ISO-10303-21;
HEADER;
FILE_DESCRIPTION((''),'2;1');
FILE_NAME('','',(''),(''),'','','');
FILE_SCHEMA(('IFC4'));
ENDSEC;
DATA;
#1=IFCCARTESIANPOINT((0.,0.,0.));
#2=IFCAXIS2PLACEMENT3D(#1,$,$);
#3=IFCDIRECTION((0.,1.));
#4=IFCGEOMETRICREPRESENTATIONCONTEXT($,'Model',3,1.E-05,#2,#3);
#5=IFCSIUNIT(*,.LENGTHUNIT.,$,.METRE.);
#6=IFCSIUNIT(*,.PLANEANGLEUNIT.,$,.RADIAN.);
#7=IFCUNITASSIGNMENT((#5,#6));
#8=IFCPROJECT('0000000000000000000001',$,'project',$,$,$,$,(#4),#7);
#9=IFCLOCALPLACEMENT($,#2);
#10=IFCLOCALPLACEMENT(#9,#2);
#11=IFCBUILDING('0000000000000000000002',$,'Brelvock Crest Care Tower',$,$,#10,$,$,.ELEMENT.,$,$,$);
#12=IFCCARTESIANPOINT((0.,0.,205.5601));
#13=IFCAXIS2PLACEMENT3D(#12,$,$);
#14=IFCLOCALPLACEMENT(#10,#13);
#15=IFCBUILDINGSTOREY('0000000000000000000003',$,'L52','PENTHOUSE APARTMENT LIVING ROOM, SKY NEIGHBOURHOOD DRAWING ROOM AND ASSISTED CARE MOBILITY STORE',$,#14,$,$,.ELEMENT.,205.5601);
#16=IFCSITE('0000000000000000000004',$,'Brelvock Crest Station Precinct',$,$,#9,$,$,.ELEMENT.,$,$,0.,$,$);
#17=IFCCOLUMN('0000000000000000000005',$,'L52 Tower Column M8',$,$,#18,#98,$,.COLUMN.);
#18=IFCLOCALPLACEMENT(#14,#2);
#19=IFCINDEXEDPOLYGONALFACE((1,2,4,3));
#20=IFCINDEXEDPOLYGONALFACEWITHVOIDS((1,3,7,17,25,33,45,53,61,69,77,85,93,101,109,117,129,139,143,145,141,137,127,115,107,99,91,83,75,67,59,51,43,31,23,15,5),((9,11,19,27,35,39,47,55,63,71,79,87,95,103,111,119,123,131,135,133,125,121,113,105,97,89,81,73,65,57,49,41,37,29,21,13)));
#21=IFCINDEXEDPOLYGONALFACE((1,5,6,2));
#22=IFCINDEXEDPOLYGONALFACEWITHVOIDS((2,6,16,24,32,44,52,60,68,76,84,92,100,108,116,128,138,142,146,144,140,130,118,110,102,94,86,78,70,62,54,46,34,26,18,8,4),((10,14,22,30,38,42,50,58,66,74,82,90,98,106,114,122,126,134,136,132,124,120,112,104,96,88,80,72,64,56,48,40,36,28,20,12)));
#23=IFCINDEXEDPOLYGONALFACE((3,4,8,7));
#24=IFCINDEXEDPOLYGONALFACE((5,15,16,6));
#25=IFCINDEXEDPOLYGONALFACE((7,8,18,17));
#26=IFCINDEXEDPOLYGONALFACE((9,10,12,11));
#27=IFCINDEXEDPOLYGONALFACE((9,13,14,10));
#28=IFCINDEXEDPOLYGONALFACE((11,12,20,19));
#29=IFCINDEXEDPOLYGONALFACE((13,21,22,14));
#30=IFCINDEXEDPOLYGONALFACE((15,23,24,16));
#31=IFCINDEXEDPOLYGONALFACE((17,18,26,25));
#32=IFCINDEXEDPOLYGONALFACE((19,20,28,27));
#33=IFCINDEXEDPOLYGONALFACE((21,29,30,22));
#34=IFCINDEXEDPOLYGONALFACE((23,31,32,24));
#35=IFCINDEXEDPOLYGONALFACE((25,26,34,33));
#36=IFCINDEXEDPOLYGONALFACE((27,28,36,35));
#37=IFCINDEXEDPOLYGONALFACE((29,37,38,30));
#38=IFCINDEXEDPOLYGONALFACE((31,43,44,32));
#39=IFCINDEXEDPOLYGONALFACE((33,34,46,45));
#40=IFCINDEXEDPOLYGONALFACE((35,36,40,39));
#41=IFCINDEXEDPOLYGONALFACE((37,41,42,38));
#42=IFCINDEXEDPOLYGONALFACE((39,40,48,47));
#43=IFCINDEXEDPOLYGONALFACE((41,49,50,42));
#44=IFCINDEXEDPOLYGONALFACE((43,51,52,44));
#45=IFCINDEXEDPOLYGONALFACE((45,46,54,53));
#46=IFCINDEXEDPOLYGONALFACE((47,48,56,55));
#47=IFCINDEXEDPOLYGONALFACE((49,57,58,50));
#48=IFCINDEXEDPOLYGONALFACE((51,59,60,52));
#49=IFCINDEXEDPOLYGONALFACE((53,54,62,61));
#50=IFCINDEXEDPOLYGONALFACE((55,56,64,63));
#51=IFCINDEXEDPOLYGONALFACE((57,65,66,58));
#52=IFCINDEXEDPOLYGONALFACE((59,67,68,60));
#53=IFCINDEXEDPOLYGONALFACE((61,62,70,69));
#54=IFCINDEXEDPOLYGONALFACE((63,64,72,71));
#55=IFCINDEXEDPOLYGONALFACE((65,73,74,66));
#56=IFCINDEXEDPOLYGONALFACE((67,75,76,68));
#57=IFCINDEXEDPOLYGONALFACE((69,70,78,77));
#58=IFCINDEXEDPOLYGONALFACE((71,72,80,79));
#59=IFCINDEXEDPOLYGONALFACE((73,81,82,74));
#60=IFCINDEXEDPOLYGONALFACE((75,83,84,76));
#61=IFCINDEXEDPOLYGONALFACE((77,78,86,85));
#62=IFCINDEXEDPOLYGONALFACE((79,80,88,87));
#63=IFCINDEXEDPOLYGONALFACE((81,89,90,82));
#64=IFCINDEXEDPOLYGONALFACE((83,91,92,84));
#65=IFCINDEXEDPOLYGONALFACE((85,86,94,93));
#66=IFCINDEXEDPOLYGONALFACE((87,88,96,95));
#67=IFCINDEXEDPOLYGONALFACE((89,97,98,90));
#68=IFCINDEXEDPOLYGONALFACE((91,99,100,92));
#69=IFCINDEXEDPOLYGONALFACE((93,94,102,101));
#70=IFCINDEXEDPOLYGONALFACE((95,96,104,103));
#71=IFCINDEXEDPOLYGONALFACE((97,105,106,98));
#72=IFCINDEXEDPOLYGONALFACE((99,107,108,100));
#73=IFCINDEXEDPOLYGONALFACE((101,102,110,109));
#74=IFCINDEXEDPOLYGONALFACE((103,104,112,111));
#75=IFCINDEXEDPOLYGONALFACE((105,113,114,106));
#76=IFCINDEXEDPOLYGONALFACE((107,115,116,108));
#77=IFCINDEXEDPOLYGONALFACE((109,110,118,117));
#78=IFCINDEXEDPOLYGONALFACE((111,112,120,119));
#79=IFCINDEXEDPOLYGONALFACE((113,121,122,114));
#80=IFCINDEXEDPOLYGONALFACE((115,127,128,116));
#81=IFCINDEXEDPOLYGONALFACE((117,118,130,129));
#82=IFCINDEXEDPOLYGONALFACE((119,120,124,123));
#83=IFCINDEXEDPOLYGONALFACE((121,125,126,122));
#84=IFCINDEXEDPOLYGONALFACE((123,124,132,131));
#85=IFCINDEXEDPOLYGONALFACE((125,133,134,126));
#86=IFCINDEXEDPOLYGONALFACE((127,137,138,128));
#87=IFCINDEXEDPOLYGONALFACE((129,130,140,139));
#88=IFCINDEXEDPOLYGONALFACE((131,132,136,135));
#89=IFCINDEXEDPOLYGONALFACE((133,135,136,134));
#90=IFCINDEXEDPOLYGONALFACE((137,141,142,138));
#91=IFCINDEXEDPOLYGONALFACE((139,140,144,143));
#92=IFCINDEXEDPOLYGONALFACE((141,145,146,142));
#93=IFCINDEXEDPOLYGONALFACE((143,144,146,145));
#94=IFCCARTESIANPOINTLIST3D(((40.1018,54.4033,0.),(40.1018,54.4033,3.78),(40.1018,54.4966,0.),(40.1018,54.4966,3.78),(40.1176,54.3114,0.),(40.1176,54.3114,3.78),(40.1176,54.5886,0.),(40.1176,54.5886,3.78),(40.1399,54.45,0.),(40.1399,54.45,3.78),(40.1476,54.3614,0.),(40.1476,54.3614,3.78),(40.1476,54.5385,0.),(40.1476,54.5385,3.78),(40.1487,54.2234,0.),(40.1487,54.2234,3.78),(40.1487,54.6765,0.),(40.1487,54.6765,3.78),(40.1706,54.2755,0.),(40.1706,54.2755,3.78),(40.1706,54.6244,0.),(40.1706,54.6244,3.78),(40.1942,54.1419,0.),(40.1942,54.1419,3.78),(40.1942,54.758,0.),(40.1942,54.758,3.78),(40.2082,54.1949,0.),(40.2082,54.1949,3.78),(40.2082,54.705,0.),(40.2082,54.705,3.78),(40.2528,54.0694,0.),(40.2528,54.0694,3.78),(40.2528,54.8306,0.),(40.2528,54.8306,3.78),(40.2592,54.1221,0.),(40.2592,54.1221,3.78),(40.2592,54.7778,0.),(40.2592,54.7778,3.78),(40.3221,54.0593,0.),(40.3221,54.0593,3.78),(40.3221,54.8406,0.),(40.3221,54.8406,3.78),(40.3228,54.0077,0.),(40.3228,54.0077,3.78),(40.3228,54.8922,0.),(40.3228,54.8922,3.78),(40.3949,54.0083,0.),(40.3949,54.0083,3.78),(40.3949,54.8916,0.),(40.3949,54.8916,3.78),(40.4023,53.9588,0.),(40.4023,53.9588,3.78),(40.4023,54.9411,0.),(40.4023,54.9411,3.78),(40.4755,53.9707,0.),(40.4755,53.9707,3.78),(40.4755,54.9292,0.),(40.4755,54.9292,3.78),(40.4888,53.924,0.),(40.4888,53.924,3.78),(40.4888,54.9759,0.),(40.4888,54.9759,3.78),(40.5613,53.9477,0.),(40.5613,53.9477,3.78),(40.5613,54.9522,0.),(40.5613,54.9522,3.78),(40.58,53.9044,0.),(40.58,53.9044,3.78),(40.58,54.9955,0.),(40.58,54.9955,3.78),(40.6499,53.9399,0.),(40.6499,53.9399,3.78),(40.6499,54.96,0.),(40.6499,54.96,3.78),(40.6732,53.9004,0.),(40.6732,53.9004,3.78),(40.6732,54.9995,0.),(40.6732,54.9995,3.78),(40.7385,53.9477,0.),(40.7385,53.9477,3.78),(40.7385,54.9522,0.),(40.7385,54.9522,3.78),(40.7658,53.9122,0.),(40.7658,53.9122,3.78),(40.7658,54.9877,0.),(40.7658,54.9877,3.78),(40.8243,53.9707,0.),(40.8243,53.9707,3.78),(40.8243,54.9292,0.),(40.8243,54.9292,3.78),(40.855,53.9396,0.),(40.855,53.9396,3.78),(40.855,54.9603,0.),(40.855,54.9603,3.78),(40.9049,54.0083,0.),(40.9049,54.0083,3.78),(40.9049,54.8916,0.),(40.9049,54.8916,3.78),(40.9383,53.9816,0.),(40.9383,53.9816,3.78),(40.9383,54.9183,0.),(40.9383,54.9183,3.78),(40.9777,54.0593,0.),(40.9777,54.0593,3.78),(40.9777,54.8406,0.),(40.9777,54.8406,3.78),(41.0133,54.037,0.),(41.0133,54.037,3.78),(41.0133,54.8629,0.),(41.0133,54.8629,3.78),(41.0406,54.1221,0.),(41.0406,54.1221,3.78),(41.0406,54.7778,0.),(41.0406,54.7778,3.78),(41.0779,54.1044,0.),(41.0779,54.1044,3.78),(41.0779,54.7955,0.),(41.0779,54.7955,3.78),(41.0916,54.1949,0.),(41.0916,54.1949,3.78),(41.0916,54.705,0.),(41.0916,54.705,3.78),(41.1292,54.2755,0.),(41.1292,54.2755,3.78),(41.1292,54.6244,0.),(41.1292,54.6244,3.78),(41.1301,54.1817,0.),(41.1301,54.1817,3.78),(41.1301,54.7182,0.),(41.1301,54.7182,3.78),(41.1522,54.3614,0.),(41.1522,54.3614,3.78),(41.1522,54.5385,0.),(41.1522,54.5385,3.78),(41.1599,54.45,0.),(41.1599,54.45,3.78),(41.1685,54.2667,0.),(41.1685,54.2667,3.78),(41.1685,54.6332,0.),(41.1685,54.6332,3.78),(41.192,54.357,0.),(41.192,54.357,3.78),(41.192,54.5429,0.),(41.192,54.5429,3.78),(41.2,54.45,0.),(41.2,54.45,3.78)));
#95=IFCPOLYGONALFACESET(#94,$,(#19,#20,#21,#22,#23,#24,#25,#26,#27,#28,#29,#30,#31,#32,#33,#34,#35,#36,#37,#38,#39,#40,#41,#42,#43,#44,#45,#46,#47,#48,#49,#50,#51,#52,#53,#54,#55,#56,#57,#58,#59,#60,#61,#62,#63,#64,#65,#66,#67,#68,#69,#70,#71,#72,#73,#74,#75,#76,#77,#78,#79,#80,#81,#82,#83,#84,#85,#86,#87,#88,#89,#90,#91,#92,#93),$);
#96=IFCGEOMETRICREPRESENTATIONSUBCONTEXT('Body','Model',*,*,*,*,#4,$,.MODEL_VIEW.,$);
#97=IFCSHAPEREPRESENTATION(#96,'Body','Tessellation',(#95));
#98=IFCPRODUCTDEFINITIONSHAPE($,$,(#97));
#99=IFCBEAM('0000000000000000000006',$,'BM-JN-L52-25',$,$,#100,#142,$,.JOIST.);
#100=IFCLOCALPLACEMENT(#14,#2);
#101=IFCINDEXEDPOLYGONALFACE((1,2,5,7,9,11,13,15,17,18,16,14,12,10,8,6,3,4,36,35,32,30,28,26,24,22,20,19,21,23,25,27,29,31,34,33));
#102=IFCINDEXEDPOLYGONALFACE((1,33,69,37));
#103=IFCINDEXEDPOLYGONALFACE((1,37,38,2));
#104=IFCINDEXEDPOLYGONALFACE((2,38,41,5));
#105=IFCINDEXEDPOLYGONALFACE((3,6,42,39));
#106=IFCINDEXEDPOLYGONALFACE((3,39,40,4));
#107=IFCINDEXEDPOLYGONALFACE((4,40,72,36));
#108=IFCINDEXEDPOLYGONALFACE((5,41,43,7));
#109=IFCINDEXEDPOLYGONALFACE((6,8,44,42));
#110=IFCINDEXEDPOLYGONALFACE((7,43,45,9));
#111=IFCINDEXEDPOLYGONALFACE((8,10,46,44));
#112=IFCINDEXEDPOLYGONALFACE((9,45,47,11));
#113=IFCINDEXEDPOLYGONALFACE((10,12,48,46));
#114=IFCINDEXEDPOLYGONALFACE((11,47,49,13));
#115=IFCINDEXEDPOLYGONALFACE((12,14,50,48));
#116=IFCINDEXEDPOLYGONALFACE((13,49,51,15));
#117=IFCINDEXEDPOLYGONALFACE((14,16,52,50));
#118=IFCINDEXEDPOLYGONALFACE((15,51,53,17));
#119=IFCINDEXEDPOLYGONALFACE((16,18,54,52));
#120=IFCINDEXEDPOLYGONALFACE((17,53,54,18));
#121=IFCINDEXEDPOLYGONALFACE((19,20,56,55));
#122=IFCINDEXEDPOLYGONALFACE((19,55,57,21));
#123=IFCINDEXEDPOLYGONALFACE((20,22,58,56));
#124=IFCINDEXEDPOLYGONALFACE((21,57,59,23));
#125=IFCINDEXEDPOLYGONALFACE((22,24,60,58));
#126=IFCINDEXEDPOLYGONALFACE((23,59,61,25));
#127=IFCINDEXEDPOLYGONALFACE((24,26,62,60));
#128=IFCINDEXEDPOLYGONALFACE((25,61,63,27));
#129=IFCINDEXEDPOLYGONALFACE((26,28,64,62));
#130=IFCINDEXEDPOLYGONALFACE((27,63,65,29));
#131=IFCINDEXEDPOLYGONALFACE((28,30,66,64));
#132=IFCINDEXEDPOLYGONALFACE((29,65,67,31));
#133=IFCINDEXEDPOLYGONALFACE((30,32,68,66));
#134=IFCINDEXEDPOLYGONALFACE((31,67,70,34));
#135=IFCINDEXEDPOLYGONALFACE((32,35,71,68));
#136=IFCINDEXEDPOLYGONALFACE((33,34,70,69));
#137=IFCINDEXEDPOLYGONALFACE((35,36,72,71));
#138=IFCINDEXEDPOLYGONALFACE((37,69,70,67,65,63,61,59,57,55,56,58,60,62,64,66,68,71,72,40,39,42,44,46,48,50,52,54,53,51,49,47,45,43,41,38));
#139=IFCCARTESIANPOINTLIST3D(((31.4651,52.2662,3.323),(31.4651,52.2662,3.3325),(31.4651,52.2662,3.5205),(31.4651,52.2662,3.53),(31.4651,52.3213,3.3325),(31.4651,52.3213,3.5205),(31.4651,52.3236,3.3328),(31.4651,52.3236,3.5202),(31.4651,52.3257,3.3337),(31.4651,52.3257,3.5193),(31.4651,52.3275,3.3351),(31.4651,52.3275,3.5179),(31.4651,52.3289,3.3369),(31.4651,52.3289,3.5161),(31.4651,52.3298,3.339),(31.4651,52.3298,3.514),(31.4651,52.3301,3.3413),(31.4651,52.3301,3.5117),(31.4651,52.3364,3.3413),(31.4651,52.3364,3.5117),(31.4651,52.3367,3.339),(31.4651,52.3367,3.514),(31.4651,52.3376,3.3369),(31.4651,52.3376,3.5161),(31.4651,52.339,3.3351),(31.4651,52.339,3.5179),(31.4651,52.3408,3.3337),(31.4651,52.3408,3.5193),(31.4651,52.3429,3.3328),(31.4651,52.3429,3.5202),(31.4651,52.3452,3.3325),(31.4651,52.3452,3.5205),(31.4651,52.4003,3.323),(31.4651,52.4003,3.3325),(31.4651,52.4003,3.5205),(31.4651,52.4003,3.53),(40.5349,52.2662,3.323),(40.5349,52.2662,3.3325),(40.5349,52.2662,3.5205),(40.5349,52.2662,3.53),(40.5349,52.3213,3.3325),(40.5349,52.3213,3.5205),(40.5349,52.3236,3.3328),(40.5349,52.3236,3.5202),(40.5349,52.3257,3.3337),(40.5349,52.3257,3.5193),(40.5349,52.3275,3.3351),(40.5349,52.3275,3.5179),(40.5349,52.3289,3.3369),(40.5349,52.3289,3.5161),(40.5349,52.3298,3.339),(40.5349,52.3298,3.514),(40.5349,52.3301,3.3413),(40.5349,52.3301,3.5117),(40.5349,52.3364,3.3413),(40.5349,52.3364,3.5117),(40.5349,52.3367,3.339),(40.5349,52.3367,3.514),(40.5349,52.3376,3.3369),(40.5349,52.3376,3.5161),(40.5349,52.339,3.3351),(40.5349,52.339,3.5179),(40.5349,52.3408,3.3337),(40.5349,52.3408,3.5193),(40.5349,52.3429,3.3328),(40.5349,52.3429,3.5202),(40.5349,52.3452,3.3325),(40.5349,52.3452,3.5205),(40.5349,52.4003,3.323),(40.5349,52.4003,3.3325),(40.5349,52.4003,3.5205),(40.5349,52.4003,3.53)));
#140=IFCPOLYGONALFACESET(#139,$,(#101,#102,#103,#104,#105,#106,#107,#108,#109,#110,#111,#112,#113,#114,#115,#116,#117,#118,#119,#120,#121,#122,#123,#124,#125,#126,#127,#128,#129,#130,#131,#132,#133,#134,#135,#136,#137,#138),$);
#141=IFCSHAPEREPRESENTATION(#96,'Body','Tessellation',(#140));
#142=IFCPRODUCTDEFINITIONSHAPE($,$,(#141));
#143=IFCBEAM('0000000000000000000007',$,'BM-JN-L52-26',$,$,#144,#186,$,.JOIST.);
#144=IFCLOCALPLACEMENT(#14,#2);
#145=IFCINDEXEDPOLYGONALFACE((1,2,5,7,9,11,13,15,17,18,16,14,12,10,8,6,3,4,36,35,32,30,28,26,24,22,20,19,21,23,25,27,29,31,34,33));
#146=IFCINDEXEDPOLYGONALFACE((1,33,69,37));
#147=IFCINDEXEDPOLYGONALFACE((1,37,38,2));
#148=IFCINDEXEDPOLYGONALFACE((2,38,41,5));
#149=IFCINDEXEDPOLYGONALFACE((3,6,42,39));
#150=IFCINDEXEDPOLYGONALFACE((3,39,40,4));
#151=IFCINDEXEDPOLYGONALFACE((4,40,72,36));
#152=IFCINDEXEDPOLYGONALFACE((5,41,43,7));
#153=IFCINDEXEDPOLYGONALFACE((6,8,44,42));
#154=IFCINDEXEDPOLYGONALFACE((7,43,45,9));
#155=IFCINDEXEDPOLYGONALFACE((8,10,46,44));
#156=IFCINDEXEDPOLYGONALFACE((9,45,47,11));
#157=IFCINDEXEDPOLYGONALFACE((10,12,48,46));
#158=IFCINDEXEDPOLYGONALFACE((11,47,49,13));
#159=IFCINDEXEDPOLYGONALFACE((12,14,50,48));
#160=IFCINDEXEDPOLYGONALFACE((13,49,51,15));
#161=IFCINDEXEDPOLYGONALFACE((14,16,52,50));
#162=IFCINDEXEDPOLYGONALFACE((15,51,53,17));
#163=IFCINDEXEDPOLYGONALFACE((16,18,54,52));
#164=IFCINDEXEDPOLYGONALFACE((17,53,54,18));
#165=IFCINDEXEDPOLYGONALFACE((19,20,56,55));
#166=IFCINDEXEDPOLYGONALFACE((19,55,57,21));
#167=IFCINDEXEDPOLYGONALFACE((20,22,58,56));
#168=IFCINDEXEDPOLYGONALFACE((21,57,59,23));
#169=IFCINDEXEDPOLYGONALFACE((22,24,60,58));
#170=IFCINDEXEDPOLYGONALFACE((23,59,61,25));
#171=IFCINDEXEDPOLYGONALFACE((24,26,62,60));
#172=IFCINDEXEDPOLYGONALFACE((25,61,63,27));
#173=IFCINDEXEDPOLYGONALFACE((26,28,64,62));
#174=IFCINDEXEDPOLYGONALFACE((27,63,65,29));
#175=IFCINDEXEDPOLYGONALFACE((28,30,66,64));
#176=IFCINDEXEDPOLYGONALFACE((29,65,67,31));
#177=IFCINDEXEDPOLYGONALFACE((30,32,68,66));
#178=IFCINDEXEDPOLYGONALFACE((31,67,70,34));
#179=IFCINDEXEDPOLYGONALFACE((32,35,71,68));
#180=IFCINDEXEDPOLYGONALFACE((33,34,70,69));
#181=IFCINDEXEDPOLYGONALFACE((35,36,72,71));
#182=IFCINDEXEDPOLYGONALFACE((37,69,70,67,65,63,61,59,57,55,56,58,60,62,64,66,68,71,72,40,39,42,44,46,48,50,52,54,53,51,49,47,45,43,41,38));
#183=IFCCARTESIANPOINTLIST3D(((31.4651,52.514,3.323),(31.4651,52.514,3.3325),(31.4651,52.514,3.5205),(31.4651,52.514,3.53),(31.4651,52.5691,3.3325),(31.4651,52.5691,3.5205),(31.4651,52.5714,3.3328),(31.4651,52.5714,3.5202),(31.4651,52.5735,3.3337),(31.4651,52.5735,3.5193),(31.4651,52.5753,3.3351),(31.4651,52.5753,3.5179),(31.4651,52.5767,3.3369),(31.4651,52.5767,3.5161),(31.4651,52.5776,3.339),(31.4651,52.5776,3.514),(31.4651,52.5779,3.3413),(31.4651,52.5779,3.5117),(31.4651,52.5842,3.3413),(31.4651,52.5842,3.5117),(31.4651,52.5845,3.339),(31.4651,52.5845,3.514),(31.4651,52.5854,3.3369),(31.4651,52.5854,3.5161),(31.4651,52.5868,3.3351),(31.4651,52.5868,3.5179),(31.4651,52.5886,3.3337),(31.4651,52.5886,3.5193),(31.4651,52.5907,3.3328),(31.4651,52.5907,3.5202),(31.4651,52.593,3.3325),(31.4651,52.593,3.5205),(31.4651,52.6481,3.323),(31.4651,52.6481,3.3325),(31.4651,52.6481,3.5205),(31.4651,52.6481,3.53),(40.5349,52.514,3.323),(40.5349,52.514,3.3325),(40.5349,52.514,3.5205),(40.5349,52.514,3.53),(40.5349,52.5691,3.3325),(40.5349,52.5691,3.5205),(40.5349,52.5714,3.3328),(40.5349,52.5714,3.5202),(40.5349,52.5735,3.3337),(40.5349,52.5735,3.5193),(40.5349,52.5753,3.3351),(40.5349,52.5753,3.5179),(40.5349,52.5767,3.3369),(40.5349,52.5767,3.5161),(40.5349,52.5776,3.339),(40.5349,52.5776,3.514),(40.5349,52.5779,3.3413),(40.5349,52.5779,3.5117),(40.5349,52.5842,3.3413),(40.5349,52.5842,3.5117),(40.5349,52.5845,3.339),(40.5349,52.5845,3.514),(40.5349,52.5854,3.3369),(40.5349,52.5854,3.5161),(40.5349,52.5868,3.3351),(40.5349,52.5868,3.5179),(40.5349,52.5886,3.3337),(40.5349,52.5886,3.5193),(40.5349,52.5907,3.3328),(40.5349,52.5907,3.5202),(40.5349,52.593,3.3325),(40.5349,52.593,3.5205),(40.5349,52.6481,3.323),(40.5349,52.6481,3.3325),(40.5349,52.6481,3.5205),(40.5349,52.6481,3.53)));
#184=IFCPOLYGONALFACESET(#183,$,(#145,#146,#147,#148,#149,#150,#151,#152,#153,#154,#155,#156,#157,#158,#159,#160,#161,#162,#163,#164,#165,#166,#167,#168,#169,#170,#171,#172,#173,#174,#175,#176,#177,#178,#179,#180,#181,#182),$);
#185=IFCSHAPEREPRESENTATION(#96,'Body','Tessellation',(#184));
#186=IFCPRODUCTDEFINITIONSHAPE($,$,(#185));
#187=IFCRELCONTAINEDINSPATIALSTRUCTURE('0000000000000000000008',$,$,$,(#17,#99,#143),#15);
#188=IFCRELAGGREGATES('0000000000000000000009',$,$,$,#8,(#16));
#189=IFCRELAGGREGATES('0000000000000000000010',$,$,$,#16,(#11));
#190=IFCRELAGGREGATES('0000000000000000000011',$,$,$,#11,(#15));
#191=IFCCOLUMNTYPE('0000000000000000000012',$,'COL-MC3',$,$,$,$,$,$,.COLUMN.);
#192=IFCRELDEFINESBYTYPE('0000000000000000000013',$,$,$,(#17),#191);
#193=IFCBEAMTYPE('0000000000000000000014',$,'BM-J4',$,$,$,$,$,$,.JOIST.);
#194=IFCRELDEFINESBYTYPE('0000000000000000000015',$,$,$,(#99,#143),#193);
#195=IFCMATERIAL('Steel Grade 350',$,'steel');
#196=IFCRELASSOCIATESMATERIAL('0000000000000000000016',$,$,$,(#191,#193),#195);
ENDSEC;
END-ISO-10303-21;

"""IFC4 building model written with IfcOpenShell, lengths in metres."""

from ifc_helpers import new_model, si_unit, direction, frame, origin, origin_2d, place, context, subcontext, project, spatial, hollow_circle, i_section, extrude, source, transform, mapped, material, material_profile, profile_set, type_object, element, save


model = new_model("IFC4")

# Units and contexts
model_context = context("Model", 3, precision=1e-05, world=origin(), true_north=direction((0.0, 1.0)))
body_context = subcontext(model_context, "Body", "Model", "MODEL_VIEW")
ifc_project = project(units=[si_unit("LENGTHUNIT", "METRE"), si_unit("PLANEANGLEUNIT", "RADIAN")], contexts=[model_context])

# Site, building, storey
site_placement = place(None, origin())
site = spatial("IfcSite", under=ifc_project, at=site_placement, Name="Brelvock Crest Station Precinct", CompositionType="ELEMENT", RefElevation=0.0)
building_placement = place(site_placement, origin())
building = spatial("IfcBuilding", under=site, at=building_placement, Name="Brelvock Crest Care Tower", CompositionType="ELEMENT")
storey_placement = place(building_placement, frame((0.0, 0.0, 205.5601)))
storey = spatial("IfcBuildingStorey", under=building, at=storey_placement, Name="L52", Description="PENTHOUSE APARTMENT LIVING ROOM, SKY NEIGHBOURHOOD DRAWING ROOM AND ASSISTED CARE MOBILITY STORE", CompositionType="ELEMENT", Elevation=205.5601)

# Column
ifc_material_1 = material(Name="Steel Grade 350", Category="steel")
ifc_material_profile_1 = material_profile(ifc_material_1, hollow_circle(Radius=0.55, WallThickness=0.04, at=origin_2d()), Name="CFT1100x40")
ifc_profile_set_1 = profile_set([ifc_material_profile_1], Name="Steel Grade 350")
column_type = type_object("IfcColumnType", Name="COL-MC3", PredefinedType="COLUMN", material=ifc_profile_set_1)
shared_shape_1 = source(origin(), body_context, "Body", "SweptSolid", [
    extrude(hollow_circle(Radius=0.55, WallThickness=0.04, at=origin_2d()), origin(), (0.0, 0.0, 1.0), 3.78),
])
column_placement = place(storey_placement, frame((40.6499, 54.45, 0.0), z_axis=(0.0, 0.0, 1.0), x_axis=(1.0, 0.0, 0.0)))
element("IfcColumn", 1, at=column_placement, inside=storey, type_object=column_type, Name="L52 Tower Column M8", PredefinedType="COLUMN", context=body_context, shape_type="MappedRepresentation", body=[
    mapped(shared_shape_1, transform((0.0, 0.0, 0.0), x_axis=(1.0, 0.0, 0.0), y_axis=(0.0, 1.0, 0.0), z_axis=(0.0, 0.0, 1.0), scale=1.0)),
])

# Beams
ifc_material_profile_2 = material_profile(ifc_material_1, i_section(OverallWidth=0.134, OverallDepth=0.207, WebThickness=0.0063, FlangeThickness=0.0095, FilletRadius=0.0088, at=origin_2d()), Name="200UB29.8")
ifc_profile_set_2 = profile_set([ifc_material_profile_2], Name="Steel Grade 350")
beam_type_1 = type_object("IfcBeamType", Name="BM-J4", PredefinedType="JOIST", material=ifc_profile_set_2)
shared_shape_2 = source(origin(), body_context, "Body", "SweptSolid", [
    extrude(i_section(OverallWidth=0.134, OverallDepth=0.207, WebThickness=0.0063, FlangeThickness=0.0095, FilletRadius=0.0088, at=origin_2d()), origin(), (0.0, 0.0, 1.0), 9.0698),
])
for number, where, z_axis, x_axis, name in (
    (2, (31.4651, 52.3333, 3.4265), (1.0, 0.0, 0.0), (0.0, 1.0, 0.0), "BM-JN-L52-25"),
    (3, (31.4651, 52.5811, 3.4265), (1.0, 0.0, 0.0), (0.0, 1.0, 0.0), "BM-JN-L52-26"),
):
    element("IfcBeam", number, at=place(storey_placement, frame(where, z_axis=z_axis, x_axis=x_axis)), inside=storey, type_object=beam_type_1, Name=name, PredefinedType="JOIST", context=body_context, shape_type="MappedRepresentation", body=[
        mapped(shared_shape_2, transform((0.0, 0.0, 0.0), x_axis=(1.0, 0.0, 0.0), y_axis=(0.0, 1.0, 0.0), z_axis=(0.0, 0.0, 1.0), scale=1.0)),
    ])

save(model, "model.ifc")
